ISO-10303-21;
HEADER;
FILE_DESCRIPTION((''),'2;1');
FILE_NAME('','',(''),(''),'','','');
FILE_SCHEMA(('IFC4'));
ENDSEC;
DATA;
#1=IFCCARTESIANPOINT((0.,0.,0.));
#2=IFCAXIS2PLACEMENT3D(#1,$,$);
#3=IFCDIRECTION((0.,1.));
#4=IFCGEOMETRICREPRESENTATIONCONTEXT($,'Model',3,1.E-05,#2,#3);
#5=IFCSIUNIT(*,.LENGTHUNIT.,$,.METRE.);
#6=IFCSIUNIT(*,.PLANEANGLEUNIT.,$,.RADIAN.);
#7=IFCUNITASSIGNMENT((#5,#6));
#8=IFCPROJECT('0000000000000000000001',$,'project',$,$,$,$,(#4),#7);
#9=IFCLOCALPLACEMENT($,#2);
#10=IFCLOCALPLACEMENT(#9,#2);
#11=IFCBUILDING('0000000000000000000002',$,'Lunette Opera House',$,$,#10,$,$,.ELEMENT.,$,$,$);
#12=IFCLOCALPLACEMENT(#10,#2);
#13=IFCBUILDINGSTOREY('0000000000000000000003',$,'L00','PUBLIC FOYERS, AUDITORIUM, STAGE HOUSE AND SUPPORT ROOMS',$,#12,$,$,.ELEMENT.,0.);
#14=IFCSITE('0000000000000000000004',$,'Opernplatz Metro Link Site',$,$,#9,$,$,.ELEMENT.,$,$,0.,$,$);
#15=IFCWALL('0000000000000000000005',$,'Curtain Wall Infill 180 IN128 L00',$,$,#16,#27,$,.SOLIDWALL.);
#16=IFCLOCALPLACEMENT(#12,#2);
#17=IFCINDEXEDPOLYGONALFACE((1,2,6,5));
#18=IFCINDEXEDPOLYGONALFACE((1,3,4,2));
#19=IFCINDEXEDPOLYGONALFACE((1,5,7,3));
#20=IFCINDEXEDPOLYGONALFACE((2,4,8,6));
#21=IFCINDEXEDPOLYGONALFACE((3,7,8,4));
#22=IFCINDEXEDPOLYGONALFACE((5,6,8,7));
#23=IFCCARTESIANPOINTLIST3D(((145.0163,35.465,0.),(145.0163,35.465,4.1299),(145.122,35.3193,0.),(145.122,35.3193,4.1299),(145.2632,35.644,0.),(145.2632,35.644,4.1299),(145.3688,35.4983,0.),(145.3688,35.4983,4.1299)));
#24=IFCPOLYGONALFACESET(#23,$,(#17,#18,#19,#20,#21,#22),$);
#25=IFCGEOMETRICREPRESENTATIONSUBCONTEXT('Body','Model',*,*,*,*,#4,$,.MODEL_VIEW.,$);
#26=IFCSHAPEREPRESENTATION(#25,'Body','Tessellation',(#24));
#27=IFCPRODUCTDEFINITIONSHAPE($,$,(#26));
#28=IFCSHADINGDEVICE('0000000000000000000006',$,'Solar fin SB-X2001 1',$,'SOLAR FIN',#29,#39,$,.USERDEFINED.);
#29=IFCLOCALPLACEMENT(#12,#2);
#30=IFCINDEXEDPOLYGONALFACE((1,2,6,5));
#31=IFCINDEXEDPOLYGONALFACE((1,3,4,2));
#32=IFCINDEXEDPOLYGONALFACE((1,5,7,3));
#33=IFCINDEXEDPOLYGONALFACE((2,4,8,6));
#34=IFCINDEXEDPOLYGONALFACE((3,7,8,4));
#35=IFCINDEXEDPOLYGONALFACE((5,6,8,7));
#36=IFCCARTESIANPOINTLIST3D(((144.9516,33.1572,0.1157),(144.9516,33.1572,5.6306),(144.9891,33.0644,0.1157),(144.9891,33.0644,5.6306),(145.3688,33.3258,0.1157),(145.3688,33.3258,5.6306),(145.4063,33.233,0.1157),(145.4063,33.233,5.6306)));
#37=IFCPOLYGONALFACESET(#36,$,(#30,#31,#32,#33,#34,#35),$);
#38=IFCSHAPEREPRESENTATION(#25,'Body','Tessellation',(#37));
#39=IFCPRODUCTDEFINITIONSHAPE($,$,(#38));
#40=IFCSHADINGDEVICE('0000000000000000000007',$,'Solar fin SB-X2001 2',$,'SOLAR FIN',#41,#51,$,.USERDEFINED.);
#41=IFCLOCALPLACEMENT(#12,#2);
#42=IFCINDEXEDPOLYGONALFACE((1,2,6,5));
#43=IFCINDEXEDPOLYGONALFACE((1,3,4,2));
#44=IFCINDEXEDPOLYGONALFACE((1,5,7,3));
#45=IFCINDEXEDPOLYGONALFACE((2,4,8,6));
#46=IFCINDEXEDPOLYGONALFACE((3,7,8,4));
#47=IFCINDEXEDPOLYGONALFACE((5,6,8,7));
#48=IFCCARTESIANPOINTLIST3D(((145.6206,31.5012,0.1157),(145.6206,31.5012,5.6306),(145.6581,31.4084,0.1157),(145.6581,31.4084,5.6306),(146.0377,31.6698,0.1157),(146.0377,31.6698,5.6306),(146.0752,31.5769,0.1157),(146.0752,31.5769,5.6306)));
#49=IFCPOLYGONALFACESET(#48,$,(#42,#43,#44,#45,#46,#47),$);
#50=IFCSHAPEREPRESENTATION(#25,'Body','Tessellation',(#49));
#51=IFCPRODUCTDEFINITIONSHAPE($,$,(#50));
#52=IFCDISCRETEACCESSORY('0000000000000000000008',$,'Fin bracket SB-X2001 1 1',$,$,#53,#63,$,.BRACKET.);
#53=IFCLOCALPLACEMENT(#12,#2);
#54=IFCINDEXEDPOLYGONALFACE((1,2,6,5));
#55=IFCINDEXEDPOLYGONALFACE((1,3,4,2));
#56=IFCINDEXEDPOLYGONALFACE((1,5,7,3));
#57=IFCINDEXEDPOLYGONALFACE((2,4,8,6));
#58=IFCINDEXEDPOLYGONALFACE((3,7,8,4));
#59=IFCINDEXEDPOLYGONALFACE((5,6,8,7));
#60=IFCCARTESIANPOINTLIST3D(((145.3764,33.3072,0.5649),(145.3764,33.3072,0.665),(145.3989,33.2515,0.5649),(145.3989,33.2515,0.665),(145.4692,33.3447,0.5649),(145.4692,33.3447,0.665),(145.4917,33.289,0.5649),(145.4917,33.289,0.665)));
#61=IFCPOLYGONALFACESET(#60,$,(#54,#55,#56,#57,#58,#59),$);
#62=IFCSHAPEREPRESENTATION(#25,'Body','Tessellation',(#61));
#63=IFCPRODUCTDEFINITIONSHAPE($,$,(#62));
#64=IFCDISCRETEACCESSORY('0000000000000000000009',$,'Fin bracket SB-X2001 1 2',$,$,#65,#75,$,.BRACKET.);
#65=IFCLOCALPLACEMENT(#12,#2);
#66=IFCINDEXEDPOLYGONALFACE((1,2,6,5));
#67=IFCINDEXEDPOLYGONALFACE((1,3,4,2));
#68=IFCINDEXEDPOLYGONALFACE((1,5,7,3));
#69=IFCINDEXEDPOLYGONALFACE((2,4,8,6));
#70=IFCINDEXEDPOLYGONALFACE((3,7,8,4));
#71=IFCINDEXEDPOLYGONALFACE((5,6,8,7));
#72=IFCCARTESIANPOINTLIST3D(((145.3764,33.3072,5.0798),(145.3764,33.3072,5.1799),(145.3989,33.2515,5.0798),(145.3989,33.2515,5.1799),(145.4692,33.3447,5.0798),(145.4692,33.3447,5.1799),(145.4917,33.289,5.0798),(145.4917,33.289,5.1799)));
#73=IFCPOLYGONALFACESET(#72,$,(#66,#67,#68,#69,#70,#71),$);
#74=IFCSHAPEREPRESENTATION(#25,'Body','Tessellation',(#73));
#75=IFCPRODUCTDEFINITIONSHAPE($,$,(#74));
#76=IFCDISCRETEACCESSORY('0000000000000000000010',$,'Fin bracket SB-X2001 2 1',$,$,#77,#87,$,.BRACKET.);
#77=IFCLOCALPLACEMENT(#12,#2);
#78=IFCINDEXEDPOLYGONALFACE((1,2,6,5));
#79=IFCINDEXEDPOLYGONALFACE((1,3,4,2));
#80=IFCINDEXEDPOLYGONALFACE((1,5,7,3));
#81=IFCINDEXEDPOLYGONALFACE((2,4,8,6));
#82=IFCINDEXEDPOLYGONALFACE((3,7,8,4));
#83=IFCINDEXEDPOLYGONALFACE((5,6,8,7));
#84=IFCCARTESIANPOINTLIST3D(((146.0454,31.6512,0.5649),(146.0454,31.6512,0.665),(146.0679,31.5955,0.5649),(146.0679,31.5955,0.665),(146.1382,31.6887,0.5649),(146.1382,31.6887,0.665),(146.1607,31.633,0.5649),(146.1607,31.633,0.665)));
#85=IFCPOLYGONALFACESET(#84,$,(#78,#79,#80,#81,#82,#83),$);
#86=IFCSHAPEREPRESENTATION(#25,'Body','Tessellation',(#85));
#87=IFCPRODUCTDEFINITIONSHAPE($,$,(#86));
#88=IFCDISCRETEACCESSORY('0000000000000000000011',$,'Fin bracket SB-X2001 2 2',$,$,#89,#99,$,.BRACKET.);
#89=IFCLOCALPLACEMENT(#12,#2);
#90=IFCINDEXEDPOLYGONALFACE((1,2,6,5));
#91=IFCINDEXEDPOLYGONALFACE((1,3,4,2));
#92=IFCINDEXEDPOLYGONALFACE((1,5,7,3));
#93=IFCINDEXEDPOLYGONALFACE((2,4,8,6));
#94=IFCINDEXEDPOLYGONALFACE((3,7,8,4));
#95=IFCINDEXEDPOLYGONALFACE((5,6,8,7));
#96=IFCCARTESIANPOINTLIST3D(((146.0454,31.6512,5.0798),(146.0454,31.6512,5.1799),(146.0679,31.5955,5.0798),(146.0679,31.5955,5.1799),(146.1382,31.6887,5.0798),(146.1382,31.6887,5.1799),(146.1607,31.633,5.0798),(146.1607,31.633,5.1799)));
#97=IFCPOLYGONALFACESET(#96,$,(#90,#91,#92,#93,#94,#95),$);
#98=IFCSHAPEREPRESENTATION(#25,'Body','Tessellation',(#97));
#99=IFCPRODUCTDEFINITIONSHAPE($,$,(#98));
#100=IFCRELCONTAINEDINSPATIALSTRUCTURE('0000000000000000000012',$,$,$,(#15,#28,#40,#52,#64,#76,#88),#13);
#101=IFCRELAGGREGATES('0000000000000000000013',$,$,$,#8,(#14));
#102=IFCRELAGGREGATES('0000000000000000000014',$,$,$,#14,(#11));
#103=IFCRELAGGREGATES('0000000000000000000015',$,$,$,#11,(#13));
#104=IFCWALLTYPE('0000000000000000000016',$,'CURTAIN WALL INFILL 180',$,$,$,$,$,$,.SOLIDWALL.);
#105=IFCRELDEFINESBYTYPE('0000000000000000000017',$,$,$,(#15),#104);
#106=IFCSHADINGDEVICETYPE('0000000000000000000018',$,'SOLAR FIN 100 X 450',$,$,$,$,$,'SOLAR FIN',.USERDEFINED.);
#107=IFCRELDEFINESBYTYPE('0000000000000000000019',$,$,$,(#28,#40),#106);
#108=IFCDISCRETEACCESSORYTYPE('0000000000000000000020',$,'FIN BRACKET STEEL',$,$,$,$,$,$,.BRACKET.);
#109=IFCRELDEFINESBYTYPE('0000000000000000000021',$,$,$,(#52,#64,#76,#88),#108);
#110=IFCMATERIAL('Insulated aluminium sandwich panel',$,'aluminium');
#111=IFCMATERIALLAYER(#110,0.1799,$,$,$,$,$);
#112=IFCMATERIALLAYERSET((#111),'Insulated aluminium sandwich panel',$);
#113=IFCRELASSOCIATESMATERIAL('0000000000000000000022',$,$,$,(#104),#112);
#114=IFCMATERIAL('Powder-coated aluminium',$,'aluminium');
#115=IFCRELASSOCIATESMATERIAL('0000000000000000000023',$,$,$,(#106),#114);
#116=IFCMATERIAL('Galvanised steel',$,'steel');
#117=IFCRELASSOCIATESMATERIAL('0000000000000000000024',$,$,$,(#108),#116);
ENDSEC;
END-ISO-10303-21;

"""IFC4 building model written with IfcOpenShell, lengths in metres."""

from ifc_helpers import new_model, si_unit, direction, frame, frame_2d, origin, origin_2d, place, context, subcontext, project, spatial, rectangle, extrude, material, layer, layer_set, type_object, element, save


model = new_model("IFC4")

# Units and contexts
model_context = context("Model", 3, precision=1e-05, world=origin(), true_north=direction((0.0, 1.0)))
body_context = subcontext(model_context, "Body", "Model", "MODEL_VIEW")
ifc_project = project(units=[si_unit("LENGTHUNIT", "METRE"), si_unit("PLANEANGLEUNIT", "RADIAN")], contexts=[model_context])

# Site, building, storey
site_placement = place(None, origin())
site = spatial("IfcSite", under=ifc_project, at=site_placement, Name="Opernplatz Metro Link Site", CompositionType="ELEMENT", RefElevation=0.0)
building_placement = place(site_placement, origin())
building = spatial("IfcBuilding", under=site, at=building_placement, Name="Lunette Opera House", CompositionType="ELEMENT")
storey_placement = place(building_placement, origin())
storey = spatial("IfcBuildingStorey", under=building, at=storey_placement, Name="L00", Description="PUBLIC FOYERS, AUDITORIUM, STAGE HOUSE AND SUPPORT ROOMS", CompositionType="ELEMENT", Elevation=0.0)

# Wall
ifc_material_1 = material(Name="Insulated aluminium sandwich panel", Category="aluminium")
ifc_layer_1 = layer(ifc_material_1, 0.1799)
ifc_layer_set_1 = layer_set([ifc_layer_1], Name="Insulated aluminium sandwich panel")
wall_type = type_object("IfcWallType", Name="CURTAIN WALL INFILL 180", PredefinedType="SOLIDWALL", material=ifc_layer_set_1)
wall_1_placement = place(storey_placement, frame((145.3159, 35.571, 0.0), z_axis=(0.0, 0.0, 1.0), x_axis=(-0.809601, -0.586981, 0.0)))
element("IfcWall", 1, at=wall_1_placement, inside=storey, type_object=wall_type, Name="Curtain Wall Infill 180 IN128 L00", PredefinedType="SOLIDWALL", context=body_context, shape_type="SweptSolid", body=[
    extrude(rectangle(XDim=0.3049, YDim=0.1799, at=frame_2d((0.1523, 0.0))), origin(), (0.0, 0.0, 1.0), 4.1299),
])

# Shading devices
ifc_material_2 = material(Name="Powder-coated aluminium", Category="aluminium")
shading_device_type = type_object("IfcShadingDeviceType", Name="SOLAR FIN 100 X 450", ElementType="SOLAR FIN", PredefinedType="USERDEFINED", material=ifc_material_2)
for number, where, z_axis, x_axis, name in (
    (2, (145.179, 33.1951, 0.1157), (0.0, 0.0, 1.0), (-0.927168, -0.374645, 0.0), "Solar fin SB-X2001 1"),
    (3, (145.8479, 31.5391, 0.1157), (0.0, 0.0, 1.0), (-0.927168, -0.374645, 0.0), "Solar fin SB-X2001 2"),
):
    element("IfcShadingDevice", number, at=place(storey_placement, frame(where, z_axis=z_axis, x_axis=x_axis)), inside=storey, type_object=shading_device_type, Name=name, ObjectType="SOLAR FIN", PredefinedType="USERDEFINED", context=body_context, shape_type="SweptSolid", body=[
        extrude(rectangle(XDim=0.45, YDim=0.1001, at=origin_2d()), origin(), (0.0, 0.0, 1.0), 5.5149),
    ])

# Discrete accessories
ifc_material_3 = material(Name="Galvanised steel", Category="steel")
discrete_accessory_type = type_object("IfcDiscreteAccessoryType", Name="FIN BRACKET STEEL", PredefinedType="BRACKET", material=ifc_material_3)
for number, where, z_axis, x_axis, name in (
    (4, (145.4341, 33.2981, 0.5649), (0.0, 0.0, 1.0), (-0.927168, -0.374645, 0.0), "Fin bracket SB-X2001 1 1"),
    (5, (145.4341, 33.2981, 5.0798), (0.0, 0.0, 1.0), (-0.927168, -0.374645, 0.0), "Fin bracket SB-X2001 1 2"),
    (6, (146.103, 31.6421, 0.5649), (0.0, 0.0, 1.0), (-0.927168, -0.374645, 0.0), "Fin bracket SB-X2001 2 1"),
    (7, (146.103, 31.6421, 5.0798), (0.0, 0.0, 1.0), (-0.927168, -0.374645, 0.0), "Fin bracket SB-X2001 2 2"),
):
    element("IfcDiscreteAccessory", number, at=place(storey_placement, frame(where, z_axis=z_axis, x_axis=x_axis)), inside=storey, type_object=discrete_accessory_type, Name=name, PredefinedType="BRACKET", context=body_context, shape_type="SweptSolid", body=[
        extrude(rectangle(XDim=0.1001, YDim=0.0601, at=origin_2d()), origin(), (0.0, 0.0, 1.0), 0.1001),
    ])

save(model, "model.ifc")
